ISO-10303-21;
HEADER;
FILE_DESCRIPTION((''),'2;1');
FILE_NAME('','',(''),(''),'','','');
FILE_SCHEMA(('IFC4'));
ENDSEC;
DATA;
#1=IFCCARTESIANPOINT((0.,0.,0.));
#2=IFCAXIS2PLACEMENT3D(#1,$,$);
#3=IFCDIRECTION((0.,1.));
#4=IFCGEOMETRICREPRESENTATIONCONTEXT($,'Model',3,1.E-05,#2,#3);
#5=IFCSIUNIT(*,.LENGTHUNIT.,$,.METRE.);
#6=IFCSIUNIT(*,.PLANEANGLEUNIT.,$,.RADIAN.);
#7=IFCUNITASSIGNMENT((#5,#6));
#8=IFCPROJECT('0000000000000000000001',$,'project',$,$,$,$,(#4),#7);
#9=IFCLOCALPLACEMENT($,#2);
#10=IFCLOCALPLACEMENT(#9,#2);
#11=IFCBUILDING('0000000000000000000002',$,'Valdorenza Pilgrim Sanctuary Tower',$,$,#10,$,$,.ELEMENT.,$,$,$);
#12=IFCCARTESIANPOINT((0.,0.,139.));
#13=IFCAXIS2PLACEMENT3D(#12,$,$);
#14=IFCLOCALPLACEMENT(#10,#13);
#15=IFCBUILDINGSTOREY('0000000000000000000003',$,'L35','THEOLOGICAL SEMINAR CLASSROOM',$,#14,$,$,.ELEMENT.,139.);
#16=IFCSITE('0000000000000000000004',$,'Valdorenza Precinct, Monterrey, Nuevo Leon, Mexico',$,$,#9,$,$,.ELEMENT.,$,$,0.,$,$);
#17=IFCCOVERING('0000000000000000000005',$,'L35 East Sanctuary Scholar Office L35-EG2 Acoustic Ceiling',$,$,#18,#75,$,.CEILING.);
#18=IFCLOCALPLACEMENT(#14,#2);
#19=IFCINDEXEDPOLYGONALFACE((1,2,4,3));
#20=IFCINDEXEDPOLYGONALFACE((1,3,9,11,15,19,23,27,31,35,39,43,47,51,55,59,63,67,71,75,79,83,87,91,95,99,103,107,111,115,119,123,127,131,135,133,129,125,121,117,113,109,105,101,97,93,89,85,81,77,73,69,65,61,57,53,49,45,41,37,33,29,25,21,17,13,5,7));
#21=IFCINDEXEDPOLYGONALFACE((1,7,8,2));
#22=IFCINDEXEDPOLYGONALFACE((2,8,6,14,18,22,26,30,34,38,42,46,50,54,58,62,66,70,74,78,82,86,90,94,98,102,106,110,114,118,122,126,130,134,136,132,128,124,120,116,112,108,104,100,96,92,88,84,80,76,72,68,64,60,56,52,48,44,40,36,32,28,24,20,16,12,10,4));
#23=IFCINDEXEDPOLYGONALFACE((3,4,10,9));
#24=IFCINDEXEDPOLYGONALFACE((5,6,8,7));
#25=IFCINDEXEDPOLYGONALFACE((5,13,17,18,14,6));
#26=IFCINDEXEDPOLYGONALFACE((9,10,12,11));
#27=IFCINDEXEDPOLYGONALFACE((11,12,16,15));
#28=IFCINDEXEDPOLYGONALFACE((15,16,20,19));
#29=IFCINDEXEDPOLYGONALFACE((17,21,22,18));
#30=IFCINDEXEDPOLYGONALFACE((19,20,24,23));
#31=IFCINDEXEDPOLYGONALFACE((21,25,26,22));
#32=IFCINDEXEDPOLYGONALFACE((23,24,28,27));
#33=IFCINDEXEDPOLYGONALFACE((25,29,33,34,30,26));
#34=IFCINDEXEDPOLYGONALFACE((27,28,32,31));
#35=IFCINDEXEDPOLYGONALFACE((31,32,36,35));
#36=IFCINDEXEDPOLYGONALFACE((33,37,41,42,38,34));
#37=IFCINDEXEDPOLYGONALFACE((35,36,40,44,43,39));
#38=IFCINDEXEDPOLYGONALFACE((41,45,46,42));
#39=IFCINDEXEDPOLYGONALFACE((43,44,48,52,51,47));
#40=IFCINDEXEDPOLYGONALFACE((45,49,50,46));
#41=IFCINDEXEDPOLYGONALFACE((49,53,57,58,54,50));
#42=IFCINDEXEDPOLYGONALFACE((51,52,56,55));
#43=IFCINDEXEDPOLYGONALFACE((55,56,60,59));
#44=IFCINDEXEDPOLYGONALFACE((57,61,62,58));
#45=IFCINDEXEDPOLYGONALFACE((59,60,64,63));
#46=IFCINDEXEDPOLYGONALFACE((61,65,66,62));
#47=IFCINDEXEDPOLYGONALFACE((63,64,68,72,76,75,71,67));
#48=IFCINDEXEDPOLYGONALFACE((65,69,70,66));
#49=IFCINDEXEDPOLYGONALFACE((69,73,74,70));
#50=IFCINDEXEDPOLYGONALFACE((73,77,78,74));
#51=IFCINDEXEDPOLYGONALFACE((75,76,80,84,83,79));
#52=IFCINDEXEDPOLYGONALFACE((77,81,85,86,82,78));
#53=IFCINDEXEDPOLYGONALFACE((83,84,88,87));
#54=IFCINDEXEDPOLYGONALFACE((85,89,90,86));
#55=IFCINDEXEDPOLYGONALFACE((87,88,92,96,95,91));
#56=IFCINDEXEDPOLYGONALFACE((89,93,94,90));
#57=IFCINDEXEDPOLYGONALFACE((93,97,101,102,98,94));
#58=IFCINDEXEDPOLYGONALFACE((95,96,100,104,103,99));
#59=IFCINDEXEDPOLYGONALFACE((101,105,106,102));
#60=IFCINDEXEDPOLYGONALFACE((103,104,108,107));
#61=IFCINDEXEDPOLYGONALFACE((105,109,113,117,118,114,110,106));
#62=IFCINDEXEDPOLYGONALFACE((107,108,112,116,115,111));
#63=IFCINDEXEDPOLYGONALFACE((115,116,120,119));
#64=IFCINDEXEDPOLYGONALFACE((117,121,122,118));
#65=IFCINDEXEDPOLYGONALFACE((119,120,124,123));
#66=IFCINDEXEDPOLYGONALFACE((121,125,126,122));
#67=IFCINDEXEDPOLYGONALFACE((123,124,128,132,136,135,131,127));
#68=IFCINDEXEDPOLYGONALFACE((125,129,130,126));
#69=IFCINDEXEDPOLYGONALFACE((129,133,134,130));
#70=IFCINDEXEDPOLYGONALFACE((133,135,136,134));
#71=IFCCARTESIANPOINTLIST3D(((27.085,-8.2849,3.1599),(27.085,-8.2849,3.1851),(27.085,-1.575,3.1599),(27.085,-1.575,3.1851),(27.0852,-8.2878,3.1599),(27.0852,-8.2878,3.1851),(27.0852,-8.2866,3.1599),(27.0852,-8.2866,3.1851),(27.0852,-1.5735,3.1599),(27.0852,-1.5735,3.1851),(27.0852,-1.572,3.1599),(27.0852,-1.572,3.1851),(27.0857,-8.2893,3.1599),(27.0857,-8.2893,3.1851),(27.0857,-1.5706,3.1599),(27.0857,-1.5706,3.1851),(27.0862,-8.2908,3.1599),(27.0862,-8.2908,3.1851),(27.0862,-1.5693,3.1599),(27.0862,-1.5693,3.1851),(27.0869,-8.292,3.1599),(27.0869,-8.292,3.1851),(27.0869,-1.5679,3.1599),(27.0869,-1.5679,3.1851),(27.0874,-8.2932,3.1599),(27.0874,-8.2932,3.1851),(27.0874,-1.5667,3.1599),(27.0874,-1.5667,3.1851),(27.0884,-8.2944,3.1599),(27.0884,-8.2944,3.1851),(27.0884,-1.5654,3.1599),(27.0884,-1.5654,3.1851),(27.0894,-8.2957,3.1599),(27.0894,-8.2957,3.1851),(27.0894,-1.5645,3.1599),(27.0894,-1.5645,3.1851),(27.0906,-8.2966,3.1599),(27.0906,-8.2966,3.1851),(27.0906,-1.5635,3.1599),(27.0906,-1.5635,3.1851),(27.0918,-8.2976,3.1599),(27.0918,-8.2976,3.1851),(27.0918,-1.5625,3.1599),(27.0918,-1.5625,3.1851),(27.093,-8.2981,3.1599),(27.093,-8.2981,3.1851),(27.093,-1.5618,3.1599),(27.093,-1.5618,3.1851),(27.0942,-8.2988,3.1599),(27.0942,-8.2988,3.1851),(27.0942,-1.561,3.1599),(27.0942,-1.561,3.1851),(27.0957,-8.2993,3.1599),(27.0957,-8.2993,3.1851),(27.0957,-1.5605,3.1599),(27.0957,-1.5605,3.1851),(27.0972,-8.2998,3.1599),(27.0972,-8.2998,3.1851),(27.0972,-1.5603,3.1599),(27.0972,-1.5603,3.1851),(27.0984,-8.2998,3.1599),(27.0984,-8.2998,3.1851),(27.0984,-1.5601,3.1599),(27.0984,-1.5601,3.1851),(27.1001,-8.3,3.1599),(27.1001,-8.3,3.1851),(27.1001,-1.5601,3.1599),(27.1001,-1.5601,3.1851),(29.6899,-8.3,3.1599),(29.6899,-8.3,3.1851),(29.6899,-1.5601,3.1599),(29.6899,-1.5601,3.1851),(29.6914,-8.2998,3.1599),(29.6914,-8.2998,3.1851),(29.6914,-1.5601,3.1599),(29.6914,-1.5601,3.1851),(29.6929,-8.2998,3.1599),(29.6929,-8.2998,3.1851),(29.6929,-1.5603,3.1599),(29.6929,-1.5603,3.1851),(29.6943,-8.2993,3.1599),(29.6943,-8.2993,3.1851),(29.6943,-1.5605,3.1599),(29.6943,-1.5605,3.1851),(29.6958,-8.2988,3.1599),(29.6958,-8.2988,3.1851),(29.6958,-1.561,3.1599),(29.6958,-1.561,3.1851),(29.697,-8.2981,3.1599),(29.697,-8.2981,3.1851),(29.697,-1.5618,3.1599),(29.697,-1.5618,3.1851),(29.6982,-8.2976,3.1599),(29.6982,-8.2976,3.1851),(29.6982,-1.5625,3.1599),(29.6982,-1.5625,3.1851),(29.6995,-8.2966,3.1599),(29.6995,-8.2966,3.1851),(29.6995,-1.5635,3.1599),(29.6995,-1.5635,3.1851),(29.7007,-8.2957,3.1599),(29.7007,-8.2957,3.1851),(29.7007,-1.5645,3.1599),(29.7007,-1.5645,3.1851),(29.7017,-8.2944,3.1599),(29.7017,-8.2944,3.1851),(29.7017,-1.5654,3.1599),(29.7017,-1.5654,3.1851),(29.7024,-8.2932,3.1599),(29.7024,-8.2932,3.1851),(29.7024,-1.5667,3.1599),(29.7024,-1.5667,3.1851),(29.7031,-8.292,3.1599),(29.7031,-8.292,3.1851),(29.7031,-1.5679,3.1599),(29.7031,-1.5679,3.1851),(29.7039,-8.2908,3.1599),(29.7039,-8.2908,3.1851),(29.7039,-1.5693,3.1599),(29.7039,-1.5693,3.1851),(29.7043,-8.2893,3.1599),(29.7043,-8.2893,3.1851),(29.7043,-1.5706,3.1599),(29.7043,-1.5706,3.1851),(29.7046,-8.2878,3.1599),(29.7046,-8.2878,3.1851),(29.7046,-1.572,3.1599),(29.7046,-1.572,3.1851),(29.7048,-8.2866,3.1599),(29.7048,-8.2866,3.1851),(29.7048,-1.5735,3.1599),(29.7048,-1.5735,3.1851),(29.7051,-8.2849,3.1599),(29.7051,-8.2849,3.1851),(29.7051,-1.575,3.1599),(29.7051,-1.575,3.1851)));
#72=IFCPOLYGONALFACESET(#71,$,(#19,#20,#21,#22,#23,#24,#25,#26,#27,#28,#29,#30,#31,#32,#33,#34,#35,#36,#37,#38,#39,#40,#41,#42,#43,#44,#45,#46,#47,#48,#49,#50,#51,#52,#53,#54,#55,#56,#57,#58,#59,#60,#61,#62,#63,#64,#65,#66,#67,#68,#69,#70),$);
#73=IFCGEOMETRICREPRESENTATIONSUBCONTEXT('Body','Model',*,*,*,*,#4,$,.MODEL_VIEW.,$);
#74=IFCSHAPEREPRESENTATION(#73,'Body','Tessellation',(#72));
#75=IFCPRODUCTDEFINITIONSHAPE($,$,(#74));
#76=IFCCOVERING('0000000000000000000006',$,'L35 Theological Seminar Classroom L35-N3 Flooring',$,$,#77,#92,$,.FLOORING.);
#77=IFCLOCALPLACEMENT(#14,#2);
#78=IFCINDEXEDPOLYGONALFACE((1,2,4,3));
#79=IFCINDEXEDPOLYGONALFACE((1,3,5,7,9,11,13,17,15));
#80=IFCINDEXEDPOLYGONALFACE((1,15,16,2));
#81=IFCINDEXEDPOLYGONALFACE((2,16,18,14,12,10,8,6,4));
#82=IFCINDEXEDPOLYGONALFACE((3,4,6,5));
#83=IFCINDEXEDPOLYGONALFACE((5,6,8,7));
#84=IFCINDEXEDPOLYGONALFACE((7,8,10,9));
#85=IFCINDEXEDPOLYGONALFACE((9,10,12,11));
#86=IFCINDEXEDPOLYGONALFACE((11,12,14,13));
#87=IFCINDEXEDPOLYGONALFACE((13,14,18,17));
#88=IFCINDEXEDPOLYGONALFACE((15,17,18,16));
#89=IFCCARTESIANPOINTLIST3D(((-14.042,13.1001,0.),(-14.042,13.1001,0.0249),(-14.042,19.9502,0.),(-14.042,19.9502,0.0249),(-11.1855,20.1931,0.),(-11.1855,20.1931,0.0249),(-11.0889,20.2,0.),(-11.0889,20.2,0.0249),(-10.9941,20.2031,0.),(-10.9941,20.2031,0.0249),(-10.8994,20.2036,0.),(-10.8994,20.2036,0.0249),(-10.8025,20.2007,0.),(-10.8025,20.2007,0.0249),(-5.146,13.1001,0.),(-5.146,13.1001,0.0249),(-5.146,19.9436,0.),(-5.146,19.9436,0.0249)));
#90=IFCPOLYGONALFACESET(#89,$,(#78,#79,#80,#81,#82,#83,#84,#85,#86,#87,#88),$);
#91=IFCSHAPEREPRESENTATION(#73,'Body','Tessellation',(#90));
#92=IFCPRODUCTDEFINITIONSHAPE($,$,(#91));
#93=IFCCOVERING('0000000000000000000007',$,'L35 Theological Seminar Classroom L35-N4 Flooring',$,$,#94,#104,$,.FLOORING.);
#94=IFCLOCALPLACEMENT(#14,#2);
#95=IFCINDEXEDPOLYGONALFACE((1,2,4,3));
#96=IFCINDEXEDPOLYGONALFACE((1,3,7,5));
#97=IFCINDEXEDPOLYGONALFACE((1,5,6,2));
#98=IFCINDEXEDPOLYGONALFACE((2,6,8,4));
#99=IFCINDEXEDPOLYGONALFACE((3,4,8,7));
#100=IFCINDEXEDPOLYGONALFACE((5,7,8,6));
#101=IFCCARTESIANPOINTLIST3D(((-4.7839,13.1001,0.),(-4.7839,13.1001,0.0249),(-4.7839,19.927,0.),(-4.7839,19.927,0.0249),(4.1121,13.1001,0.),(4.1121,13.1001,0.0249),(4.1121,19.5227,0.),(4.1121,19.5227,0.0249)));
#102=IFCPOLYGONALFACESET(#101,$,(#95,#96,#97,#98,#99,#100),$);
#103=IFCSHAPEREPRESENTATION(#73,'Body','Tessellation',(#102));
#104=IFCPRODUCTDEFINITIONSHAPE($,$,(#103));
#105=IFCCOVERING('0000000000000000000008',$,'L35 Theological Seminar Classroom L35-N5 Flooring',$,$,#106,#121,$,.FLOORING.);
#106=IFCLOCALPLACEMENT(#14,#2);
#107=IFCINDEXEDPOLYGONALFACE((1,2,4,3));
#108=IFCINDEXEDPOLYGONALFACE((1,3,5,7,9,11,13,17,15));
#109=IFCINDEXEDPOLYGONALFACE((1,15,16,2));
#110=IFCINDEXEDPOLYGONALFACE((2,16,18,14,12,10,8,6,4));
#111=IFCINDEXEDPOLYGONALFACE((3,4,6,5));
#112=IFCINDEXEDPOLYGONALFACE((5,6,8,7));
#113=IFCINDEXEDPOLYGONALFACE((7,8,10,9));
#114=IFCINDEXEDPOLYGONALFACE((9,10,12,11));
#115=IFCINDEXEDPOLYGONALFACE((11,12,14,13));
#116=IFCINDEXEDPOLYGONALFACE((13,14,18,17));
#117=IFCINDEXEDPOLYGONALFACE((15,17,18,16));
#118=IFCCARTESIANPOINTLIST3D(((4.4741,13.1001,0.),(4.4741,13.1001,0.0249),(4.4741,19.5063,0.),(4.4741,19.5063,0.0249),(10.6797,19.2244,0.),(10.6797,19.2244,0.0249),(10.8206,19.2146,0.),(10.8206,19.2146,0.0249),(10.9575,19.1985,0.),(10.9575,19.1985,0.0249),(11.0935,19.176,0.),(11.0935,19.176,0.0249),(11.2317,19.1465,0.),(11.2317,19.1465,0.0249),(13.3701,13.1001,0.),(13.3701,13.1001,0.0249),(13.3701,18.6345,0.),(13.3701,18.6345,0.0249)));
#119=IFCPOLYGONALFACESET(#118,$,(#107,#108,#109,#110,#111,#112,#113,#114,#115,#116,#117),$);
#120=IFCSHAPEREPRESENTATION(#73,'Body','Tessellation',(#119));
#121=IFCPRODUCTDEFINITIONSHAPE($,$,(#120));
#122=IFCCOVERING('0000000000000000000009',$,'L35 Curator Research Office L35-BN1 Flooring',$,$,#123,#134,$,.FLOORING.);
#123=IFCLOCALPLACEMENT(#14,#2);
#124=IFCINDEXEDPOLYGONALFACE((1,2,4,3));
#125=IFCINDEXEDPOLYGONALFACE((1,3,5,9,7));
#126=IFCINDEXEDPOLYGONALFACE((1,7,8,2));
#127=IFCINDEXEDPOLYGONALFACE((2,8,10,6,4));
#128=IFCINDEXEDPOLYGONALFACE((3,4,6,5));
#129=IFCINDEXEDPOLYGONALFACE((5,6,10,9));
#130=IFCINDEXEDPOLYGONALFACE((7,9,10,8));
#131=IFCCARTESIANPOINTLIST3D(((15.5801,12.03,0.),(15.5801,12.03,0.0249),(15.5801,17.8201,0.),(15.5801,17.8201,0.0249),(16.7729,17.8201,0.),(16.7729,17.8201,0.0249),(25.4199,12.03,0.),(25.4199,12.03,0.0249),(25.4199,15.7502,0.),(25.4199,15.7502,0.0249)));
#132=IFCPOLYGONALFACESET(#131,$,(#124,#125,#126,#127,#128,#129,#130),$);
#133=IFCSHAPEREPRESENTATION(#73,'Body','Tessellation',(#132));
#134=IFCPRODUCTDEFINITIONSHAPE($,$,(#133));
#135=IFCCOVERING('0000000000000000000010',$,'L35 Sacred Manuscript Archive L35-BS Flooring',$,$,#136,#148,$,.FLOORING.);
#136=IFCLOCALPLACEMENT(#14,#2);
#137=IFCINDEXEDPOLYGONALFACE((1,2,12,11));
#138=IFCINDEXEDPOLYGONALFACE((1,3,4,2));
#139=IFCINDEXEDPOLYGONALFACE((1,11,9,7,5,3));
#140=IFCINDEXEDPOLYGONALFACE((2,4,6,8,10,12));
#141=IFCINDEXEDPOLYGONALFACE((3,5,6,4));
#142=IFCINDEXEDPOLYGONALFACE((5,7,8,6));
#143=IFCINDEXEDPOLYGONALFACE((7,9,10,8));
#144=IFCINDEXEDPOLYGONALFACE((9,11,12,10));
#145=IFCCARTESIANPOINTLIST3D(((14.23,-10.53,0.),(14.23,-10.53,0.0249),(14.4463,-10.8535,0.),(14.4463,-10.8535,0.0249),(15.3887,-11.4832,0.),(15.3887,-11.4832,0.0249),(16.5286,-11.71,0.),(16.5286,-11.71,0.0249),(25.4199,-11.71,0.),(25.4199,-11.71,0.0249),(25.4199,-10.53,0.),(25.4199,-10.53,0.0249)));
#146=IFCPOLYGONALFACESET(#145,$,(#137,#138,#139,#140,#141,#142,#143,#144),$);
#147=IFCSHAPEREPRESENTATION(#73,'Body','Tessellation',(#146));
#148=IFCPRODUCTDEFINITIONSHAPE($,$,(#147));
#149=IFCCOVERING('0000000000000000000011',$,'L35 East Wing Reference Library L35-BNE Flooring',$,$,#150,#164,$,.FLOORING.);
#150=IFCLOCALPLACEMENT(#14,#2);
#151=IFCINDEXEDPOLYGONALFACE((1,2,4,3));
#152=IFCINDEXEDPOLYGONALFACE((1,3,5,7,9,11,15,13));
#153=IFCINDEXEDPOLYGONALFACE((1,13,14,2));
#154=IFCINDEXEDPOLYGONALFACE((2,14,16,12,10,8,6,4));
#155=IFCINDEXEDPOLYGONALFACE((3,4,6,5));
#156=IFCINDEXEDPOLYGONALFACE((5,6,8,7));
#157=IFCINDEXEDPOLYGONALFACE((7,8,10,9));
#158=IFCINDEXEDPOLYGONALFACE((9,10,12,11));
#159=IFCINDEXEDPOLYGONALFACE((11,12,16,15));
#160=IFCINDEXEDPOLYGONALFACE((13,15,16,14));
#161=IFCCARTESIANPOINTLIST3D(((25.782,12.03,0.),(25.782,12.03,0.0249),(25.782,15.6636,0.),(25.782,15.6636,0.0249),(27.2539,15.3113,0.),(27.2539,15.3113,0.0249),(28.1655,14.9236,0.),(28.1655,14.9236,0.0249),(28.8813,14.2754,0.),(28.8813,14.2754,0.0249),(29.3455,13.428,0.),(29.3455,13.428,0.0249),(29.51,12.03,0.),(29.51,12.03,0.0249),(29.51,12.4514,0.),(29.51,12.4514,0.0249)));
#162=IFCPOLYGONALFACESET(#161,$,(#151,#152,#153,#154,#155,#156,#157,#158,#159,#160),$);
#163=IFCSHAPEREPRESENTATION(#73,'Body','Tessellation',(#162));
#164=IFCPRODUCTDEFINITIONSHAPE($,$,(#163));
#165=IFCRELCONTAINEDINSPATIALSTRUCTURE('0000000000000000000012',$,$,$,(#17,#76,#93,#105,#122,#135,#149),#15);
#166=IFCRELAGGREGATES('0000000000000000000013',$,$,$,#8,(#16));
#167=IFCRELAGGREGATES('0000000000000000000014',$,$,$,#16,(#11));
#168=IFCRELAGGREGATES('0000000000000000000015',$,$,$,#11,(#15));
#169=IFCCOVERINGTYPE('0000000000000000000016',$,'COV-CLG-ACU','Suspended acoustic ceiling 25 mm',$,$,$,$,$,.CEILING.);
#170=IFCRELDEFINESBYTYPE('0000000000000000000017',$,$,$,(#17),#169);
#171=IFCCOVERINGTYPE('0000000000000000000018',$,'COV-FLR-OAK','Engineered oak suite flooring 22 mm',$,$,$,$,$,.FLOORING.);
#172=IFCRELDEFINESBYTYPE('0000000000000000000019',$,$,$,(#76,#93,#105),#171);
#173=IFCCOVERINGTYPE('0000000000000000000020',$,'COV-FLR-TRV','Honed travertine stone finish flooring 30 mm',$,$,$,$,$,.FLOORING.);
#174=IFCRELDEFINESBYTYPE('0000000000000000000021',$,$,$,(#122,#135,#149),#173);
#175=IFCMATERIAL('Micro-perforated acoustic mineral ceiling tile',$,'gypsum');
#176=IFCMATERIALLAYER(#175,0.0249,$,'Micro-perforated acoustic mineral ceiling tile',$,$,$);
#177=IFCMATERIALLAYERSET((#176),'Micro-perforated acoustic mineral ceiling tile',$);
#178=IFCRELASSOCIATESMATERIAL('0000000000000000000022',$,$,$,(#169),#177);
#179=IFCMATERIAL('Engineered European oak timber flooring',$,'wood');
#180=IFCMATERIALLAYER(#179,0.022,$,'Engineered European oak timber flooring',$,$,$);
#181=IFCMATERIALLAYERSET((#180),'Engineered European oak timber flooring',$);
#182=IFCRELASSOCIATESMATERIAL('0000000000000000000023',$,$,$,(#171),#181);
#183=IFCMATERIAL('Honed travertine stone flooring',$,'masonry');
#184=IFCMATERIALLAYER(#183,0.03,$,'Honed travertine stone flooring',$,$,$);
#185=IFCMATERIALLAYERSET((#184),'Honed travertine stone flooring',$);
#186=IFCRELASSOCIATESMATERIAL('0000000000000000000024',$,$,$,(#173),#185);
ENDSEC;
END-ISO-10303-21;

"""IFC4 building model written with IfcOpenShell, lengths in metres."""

from ifc_helpers import new_model, si_unit, direction, frame, origin, place, context, subcontext, project, spatial, polyline, outline, extrude, material, layer, layer_set, type_object, element, save


model = new_model("IFC4")

# Units and contexts
model_context = context("Model", 3, precision=1e-05, world=origin(), true_north=direction((0.0, 1.0)))
body_context = subcontext(model_context, "Body", "Model", "MODEL_VIEW")
ifc_project = project(units=[si_unit("LENGTHUNIT", "METRE"), si_unit("PLANEANGLEUNIT", "RADIAN")], contexts=[model_context])

# Site, building, storey
site_placement = place(None, origin())
site = spatial("IfcSite", under=ifc_project, at=site_placement, Name="Valdorenza Precinct, Monterrey, Nuevo Leon, Mexico", CompositionType="ELEMENT", RefElevation=0.0)
building_placement = place(site_placement, origin())
building = spatial("IfcBuilding", under=site, at=building_placement, Name="Valdorenza Pilgrim Sanctuary Tower", CompositionType="ELEMENT")
storey_placement = place(building_placement, frame((0.0, 0.0, 139.0)))
storey = spatial("IfcBuildingStorey", under=building, at=storey_placement, Name="L35", Description="THEOLOGICAL SEMINAR CLASSROOM", CompositionType="ELEMENT", Elevation=139.0)

# Coverings
ifc_material_1 = material(Name="Micro-perforated acoustic mineral ceiling tile", Category="gypsum")
ifc_layer_1 = layer(ifc_material_1, 0.0249, Name="Micro-perforated acoustic mineral ceiling tile")
ifc_layer_set_1 = layer_set([ifc_layer_1], Name="Micro-perforated acoustic mineral ceiling tile")
covering_type_1 = type_object("IfcCoveringType", Name="COV-CLG-ACU", Description="Suspended acoustic ceiling 25 mm", PredefinedType="CEILING", material=ifc_layer_set_1)
covering_1_placement = place(storey_placement, frame((0.0, 0.0, 3.1599)))
element("IfcCovering", 1, at=covering_1_placement, inside=storey, type_object=covering_type_1, Name="L35 East Sanctuary Scholar Office L35-EG2 Acoustic Ceiling", PredefinedType="CEILING", context=body_context, shape_type="SweptSolid", body=[
    extrude(outline(polyline([(27.085, -1.575), (27.0852, -1.5735), (27.0852, -1.572), (27.0857, -1.5706), (27.0862, -1.5693), (27.0869, -1.5679), (27.0874, -1.5667), (27.0884, -1.5654), (27.0894, -1.5645), (27.0906, -1.5635), (27.0918, -1.5625), (27.093, -1.5618), (27.0942, -1.561), (27.0957, -1.5605), (27.0972, -1.5603), (27.0984, -1.5601), (27.1001, -1.5601), (29.6899, -1.5601), (29.6914, -1.5601), (29.6929, -1.5603), (29.6943, -1.5605), (29.6958, -1.561), (29.697, -1.5618), (29.6982, -1.5625), (29.6995, -1.5635), (29.7007, -1.5645), (29.7017, -1.5654), (29.7024, -1.5667), (29.7031, -1.5679), (29.7039, -1.5693), (29.7043, -1.5706), (29.7046, -1.572), (29.7048, -1.5735), (29.7051, -1.575), (29.7051, -8.2849), (29.7048, -8.2866), (29.7046, -8.2878), (29.7043, -8.2893), (29.7039, -8.2908), (29.7031, -8.292), (29.7024, -8.2932), (29.7017, -8.2944), (29.7007, -8.2957), (29.6995, -8.2966), (29.6982, -8.2976), (29.697, -8.2981), (29.6958, -8.2988), (29.6943, -8.2993), (29.6929, -8.2998), (29.6914, -8.2998), (29.6899, -8.3), (27.1001, -8.3), (27.0984, -8.2998), (27.0972, -8.2998), (27.0957, -8.2993), (27.0942, -8.2988), (27.093, -8.2981), (27.0918, -8.2976), (27.0906, -8.2966), (27.0894, -8.2957), (27.0884, -8.2944), (27.0874, -8.2932), (27.0869, -8.292), (27.0862, -8.2908), (27.0857, -8.2893), (27.0852, -8.2878), (27.0852, -8.2866), (27.085, -8.2849), (27.085, -1.575)])), origin(), (0.0, 0.0, 1.0), 0.0251),
])
ifc_material_2 = material(Name="Engineered European oak timber flooring", Category="wood")
ifc_layer_2 = layer(ifc_material_2, 0.022, Name="Engineered European oak timber flooring")
ifc_layer_set_2 = layer_set([ifc_layer_2], Name="Engineered European oak timber flooring")
covering_type_2 = type_object("IfcCoveringType", Name="COV-FLR-OAK", Description="Engineered oak suite flooring 22 mm", PredefinedType="FLOORING", material=ifc_layer_set_2)
covering_2_placement = place(storey_placement, origin())
element("IfcCovering", 2, at=covering_2_placement, inside=storey, type_object=covering_type_2, Name="L35 Theological Seminar Classroom L35-N3 Flooring", PredefinedType="FLOORING", context=body_context, shape_type="SweptSolid", body=[
    extrude(outline(polyline([(-14.042, 13.1001), (-14.042, 19.9502), (-11.1855, 20.1931), (-11.0889, 20.2), (-10.9941, 20.2031), (-10.8994, 20.2036), (-10.8025, 20.2007), (-5.146, 19.9436), (-5.146, 13.1001), (-14.042, 13.1001)])), origin(), (0.0, 0.0, 1.0), 0.0249),
])
covering_3_placement = place(storey_placement, origin())
element("IfcCovering", 3, at=covering_3_placement, inside=storey, type_object=covering_type_2, Name="L35 Theological Seminar Classroom L35-N4 Flooring", PredefinedType="FLOORING", context=body_context, shape_type="SweptSolid", body=[
    extrude(outline(polyline([(-4.7839, 13.1001), (-4.7839, 19.927), (4.1121, 19.5227), (4.1121, 13.1001), (-4.7839, 13.1001)])), origin(), (0.0, 0.0, 1.0), 0.0249),
])
covering_4_placement = place(storey_placement, origin())
element("IfcCovering", 4, at=covering_4_placement, inside=storey, type_object=covering_type_2, Name="L35 Theological Seminar Classroom L35-N5 Flooring", PredefinedType="FLOORING", context=body_context, shape_type="SweptSolid", body=[
    extrude(outline(polyline([(4.4741, 13.1001), (4.4741, 19.5063), (10.6797, 19.2244), (10.8206, 19.2146), (10.9575, 19.1985), (11.0935, 19.176), (11.2317, 19.1465), (13.3701, 18.6345), (13.3701, 13.1001), (4.4741, 13.1001)])), origin(), (0.0, 0.0, 1.0), 0.0249),
])
ifc_material_3 = material(Name="Honed travertine stone flooring", Category="masonry")
ifc_layer_3 = layer(ifc_material_3, 0.03, Name="Honed travertine stone flooring")
ifc_layer_set_3 = layer_set([ifc_layer_3], Name="Honed travertine stone flooring")
covering_type_3 = type_object("IfcCoveringType", Name="COV-FLR-TRV", Description="Honed travertine stone finish flooring 30 mm", PredefinedType="FLOORING", material=ifc_layer_set_3)
covering_5_placement = place(storey_placement, origin())
element("IfcCovering", 5, at=covering_5_placement, inside=storey, type_object=covering_type_3, Name="L35 Curator Research Office L35-BN1 Flooring", PredefinedType="FLOORING", context=body_context, shape_type="SweptSolid", body=[
    extrude(outline(polyline([(15.5801, 12.03), (15.5801, 17.8201), (16.7729, 17.8201), (25.4199, 15.7502), (25.4199, 12.03), (15.5801, 12.03)])), origin(), (0.0, 0.0, 1.0), 0.0249),
])
covering_6_placement = place(storey_placement, origin())
element("IfcCovering", 6, at=covering_6_placement, inside=storey, type_object=covering_type_3, Name="L35 Sacred Manuscript Archive L35-BS Flooring", PredefinedType="FLOORING", context=body_context, shape_type="SweptSolid", body=[
    extrude(outline(polyline([(25.4199, -11.71), (16.5286, -11.71), (15.3887, -11.4832), (14.4463, -10.8535), (14.23, -10.53), (25.4199, -10.53), (25.4199, -11.71)])), origin(), (0.0, 0.0, 1.0), 0.0249),
])
covering_7_placement = place(storey_placement, origin())
element("IfcCovering", 7, at=covering_7_placement, inside=storey, type_object=covering_type_3, Name="L35 East Wing Reference Library L35-BNE Flooring", PredefinedType="FLOORING", context=body_context, shape_type="SweptSolid", body=[
    extrude(outline(polyline([(27.2539, 15.3113), (28.1655, 14.9236), (28.8813, 14.2754), (29.3455, 13.428), (29.51, 12.4514), (29.51, 12.03), (25.782, 12.03), (25.782, 15.6636), (27.2539, 15.3113)])), origin(), (0.0, 0.0, 1.0), 0.0249),
])

save(model, "model.ifc")
